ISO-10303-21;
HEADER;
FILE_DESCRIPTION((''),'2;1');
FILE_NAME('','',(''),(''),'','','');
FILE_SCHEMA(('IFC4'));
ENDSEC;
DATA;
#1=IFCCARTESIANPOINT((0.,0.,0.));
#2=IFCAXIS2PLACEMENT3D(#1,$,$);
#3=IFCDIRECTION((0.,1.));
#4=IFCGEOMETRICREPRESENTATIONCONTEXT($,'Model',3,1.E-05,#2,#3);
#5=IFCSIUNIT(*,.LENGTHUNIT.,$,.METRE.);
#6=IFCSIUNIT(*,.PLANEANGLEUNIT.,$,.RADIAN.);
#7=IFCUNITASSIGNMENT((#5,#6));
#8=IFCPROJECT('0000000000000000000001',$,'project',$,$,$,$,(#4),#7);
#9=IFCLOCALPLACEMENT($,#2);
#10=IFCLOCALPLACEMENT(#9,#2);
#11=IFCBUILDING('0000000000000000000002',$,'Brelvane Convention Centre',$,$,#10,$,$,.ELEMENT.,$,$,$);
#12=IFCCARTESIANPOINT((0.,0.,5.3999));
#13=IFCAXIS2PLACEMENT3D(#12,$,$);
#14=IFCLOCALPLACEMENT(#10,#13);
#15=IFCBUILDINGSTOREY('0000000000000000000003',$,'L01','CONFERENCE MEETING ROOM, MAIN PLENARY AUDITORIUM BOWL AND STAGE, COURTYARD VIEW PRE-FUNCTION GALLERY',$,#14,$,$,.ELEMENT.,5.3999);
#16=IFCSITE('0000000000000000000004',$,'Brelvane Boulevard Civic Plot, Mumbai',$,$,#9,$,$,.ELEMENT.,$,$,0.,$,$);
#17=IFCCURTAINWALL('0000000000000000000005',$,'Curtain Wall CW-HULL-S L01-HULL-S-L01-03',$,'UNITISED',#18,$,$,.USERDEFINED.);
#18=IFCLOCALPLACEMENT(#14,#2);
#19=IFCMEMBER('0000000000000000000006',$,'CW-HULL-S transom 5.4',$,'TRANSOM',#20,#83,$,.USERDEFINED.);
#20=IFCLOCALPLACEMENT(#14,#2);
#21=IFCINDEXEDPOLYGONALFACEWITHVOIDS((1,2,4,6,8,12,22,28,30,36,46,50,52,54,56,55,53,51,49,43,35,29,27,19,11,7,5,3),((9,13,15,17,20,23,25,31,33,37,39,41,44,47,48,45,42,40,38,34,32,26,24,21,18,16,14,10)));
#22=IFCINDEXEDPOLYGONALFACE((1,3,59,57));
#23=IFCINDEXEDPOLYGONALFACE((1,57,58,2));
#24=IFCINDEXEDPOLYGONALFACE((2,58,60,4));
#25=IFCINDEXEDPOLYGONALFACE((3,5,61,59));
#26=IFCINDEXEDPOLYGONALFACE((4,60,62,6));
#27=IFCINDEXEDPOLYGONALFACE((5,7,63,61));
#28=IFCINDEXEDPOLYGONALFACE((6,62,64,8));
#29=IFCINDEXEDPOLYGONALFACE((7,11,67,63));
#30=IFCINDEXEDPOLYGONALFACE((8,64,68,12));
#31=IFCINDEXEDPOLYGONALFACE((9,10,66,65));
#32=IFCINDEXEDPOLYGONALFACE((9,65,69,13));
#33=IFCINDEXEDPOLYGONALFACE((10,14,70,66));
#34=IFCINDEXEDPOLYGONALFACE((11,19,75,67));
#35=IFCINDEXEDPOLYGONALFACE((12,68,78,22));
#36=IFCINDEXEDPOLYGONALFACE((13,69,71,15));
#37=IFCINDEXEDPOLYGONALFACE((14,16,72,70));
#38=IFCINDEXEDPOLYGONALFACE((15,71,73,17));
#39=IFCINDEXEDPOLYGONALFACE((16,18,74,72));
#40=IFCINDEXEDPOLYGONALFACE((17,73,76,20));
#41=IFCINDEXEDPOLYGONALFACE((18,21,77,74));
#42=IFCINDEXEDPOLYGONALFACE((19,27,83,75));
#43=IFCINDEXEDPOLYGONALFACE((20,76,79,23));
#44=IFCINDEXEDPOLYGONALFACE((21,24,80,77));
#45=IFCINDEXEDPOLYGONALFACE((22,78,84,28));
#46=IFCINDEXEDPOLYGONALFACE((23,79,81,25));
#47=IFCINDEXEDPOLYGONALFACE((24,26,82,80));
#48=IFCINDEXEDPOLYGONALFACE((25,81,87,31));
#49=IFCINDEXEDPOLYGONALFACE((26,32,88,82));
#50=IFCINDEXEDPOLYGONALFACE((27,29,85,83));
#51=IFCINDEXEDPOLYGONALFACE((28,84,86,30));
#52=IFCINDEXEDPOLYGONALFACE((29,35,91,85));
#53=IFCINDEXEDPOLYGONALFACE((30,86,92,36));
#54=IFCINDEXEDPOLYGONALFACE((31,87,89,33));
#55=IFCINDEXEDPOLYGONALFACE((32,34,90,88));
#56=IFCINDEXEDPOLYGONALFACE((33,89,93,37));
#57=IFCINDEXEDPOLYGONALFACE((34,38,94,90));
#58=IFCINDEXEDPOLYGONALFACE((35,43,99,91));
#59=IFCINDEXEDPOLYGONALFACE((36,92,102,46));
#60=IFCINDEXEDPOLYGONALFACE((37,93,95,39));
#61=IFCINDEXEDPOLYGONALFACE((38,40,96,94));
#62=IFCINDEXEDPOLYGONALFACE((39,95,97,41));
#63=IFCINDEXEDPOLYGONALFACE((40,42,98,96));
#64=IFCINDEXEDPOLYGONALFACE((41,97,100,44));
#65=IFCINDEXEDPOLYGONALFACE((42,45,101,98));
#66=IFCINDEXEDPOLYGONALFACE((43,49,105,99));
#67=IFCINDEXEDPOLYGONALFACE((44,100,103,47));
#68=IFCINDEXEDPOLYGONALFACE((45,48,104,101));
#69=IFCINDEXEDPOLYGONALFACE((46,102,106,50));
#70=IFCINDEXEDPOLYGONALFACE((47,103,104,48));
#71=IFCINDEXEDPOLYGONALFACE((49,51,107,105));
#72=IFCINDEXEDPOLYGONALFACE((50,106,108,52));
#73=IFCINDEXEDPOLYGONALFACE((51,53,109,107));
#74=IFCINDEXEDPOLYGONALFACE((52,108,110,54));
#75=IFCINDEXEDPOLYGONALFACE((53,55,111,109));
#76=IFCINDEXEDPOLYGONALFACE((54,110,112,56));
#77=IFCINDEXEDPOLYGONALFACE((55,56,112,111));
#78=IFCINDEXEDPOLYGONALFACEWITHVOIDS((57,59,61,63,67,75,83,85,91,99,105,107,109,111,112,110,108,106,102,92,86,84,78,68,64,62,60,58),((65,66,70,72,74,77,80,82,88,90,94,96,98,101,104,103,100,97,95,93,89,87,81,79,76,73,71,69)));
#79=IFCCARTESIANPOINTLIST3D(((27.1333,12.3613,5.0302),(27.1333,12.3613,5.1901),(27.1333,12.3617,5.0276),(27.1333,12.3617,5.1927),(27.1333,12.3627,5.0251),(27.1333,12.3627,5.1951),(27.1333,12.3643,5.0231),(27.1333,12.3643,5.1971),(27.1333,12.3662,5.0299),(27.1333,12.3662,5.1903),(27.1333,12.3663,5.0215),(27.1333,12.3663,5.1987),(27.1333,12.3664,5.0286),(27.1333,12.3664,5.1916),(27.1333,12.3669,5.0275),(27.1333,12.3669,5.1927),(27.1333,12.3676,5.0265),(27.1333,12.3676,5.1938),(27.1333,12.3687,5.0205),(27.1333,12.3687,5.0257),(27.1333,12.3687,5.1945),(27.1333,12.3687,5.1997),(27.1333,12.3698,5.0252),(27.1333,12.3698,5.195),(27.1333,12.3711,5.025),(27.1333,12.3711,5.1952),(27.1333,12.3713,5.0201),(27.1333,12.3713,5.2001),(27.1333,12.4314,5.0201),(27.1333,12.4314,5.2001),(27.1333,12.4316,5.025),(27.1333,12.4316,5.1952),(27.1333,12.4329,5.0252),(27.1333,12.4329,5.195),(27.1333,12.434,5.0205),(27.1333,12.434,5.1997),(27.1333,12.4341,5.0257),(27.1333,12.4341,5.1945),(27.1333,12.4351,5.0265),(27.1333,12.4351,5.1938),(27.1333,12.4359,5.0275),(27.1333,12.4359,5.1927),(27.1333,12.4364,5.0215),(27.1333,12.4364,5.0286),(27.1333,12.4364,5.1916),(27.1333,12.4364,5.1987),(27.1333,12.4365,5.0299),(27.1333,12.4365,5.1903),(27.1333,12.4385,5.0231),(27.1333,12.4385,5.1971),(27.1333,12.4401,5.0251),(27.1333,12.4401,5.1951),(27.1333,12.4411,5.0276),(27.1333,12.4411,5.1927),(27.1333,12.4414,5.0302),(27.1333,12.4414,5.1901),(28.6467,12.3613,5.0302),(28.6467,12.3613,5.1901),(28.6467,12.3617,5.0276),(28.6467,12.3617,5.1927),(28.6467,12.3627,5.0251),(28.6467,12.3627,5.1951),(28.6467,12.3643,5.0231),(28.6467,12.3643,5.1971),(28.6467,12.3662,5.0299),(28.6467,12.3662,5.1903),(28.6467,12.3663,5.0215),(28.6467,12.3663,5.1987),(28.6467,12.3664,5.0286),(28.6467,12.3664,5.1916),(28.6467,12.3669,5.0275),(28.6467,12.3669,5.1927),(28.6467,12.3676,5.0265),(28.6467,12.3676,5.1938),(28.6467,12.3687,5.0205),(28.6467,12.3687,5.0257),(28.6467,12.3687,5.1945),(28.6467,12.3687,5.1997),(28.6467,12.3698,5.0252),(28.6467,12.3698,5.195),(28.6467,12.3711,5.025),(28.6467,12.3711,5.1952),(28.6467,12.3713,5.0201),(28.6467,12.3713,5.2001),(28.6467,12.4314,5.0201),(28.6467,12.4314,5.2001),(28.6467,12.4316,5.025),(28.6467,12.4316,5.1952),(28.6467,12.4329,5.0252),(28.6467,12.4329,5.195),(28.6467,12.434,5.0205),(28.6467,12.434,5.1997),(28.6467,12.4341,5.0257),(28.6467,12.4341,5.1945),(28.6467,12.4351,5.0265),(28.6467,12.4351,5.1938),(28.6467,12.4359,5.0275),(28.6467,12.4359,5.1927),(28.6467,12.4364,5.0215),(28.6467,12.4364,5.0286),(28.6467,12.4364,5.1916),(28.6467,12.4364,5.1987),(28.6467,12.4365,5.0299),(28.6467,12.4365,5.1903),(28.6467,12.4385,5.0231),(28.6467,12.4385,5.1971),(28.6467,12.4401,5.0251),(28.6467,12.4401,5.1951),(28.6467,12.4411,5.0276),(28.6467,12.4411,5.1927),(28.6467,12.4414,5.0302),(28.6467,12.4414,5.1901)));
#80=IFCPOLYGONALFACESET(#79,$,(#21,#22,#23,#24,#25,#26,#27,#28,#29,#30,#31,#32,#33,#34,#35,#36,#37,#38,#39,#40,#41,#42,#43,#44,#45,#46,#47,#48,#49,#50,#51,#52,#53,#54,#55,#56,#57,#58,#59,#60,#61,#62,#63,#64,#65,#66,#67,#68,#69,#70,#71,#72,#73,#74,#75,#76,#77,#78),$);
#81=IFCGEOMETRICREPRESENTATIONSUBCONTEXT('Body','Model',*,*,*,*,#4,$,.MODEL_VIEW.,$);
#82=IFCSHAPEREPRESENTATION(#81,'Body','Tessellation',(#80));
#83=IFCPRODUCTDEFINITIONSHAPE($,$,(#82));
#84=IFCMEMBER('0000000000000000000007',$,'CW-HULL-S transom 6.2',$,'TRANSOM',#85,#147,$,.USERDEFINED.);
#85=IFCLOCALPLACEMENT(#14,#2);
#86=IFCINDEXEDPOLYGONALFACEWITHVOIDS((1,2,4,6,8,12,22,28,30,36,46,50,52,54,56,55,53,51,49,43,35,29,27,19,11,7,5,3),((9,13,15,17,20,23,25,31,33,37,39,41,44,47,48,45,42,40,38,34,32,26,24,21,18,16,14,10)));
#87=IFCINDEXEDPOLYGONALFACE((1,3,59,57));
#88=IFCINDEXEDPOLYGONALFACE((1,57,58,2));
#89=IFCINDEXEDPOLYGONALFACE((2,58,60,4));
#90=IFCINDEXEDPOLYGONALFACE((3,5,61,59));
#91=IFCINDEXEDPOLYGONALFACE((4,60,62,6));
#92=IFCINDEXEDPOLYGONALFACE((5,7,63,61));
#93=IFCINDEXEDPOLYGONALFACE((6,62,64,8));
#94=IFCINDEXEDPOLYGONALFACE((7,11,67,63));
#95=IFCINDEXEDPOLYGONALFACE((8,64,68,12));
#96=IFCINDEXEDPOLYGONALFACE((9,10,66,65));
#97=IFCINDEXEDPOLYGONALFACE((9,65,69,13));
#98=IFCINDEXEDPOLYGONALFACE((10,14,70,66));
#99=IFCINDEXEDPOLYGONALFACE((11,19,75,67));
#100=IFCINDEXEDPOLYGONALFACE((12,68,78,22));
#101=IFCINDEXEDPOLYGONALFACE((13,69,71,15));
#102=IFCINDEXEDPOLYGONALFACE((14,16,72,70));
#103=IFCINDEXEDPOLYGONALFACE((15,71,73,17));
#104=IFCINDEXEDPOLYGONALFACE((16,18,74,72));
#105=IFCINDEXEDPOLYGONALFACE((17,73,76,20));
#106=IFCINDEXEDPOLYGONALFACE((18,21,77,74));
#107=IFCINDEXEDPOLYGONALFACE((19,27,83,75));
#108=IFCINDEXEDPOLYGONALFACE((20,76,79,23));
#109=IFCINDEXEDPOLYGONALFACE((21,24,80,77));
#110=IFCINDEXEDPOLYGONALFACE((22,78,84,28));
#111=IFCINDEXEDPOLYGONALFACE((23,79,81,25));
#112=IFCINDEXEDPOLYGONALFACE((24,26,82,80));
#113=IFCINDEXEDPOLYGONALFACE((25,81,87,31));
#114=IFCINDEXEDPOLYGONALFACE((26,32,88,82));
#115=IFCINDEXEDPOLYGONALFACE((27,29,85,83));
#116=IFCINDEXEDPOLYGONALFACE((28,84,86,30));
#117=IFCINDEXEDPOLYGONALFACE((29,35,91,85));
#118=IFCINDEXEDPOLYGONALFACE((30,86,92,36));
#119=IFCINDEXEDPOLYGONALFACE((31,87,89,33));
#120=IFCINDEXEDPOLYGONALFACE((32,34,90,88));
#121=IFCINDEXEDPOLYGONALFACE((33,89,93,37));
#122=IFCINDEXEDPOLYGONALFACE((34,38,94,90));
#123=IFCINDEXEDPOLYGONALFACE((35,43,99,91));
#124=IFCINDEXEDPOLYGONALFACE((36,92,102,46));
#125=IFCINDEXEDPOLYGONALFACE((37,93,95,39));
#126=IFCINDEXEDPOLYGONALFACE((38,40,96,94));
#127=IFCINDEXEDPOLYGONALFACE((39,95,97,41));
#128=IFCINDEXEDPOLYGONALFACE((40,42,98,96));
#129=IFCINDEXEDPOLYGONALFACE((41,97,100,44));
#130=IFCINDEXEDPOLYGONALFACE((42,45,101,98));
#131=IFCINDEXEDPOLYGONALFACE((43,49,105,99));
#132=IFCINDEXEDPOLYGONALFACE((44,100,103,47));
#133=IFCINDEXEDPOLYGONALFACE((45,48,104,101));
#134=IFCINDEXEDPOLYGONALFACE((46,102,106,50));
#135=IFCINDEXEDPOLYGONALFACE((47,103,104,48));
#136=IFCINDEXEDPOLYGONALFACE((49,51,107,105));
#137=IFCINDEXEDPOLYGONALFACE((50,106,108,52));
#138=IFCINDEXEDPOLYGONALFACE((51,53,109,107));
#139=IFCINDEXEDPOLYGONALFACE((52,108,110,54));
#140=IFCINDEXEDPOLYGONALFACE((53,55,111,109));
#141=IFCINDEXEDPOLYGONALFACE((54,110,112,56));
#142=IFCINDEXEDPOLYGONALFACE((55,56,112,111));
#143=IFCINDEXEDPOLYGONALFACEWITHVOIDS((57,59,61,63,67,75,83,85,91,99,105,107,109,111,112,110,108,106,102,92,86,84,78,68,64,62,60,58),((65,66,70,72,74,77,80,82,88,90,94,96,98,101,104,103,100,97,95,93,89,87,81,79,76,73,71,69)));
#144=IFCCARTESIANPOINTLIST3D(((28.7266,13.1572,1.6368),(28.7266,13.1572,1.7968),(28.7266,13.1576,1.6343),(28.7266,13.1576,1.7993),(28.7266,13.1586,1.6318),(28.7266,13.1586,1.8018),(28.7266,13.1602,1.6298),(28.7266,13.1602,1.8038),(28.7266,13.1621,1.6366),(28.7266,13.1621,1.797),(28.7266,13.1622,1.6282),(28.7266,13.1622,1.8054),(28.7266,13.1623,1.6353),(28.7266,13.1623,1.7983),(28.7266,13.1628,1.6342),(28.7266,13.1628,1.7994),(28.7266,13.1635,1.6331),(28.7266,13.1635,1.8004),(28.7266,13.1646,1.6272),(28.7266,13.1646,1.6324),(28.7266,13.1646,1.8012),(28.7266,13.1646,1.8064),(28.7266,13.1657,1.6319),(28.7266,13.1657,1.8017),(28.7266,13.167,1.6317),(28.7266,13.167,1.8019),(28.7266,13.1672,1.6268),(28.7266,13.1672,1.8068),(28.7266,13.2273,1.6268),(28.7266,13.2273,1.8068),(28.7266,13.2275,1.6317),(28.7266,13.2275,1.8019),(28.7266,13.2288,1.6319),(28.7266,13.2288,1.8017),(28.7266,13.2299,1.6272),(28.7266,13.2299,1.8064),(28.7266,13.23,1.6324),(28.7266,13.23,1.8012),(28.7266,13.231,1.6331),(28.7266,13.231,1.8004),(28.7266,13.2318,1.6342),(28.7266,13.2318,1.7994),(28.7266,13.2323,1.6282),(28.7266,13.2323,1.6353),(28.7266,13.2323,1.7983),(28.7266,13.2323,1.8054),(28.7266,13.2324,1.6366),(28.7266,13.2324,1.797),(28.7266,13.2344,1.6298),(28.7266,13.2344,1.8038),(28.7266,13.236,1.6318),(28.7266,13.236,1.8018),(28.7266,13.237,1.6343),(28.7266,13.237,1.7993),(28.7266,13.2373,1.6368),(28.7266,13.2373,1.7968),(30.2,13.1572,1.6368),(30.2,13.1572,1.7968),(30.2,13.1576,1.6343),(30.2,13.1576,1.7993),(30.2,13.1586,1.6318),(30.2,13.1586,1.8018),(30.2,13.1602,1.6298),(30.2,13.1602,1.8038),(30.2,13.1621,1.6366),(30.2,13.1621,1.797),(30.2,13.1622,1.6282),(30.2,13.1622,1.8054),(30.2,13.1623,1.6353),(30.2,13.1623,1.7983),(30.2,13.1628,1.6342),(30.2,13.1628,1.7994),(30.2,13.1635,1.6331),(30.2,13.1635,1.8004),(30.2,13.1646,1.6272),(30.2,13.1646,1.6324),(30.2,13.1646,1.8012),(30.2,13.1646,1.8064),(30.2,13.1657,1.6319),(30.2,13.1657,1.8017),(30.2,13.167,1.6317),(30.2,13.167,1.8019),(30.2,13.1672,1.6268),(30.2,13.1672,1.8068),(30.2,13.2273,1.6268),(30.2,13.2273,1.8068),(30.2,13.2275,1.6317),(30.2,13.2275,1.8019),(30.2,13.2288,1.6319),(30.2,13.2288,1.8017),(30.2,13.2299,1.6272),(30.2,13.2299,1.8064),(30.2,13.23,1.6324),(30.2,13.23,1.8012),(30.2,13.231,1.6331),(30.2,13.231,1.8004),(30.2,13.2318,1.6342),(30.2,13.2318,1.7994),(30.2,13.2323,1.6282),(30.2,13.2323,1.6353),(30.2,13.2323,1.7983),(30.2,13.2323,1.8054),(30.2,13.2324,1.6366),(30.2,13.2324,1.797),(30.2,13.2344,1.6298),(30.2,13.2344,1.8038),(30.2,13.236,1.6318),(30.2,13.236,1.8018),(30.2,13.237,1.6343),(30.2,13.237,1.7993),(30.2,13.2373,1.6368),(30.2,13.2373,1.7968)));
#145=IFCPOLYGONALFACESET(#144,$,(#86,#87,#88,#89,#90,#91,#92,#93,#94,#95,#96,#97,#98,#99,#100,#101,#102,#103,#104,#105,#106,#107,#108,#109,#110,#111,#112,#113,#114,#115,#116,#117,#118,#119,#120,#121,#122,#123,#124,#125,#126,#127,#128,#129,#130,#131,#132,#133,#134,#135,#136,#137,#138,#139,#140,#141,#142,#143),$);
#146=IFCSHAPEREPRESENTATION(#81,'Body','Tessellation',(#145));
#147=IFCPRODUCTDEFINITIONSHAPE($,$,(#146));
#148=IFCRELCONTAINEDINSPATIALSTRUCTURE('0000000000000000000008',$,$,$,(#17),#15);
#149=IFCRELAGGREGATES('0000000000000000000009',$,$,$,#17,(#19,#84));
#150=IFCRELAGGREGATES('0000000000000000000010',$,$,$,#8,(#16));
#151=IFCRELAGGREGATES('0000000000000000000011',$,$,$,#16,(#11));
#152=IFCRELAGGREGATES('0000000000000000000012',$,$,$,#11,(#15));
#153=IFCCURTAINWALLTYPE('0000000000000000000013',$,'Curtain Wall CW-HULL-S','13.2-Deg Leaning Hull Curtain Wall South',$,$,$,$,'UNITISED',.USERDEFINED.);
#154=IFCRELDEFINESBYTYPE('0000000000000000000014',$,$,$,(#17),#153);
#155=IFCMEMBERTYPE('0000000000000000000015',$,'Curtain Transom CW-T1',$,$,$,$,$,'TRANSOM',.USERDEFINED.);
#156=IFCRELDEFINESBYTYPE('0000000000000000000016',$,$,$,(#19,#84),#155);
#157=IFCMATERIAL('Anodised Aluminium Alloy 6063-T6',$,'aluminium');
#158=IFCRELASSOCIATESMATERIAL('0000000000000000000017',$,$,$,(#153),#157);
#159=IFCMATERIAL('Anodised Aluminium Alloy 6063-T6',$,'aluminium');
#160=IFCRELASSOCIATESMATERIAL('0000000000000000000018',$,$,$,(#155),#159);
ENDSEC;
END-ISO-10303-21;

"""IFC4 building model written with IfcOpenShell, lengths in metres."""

from ifc_helpers import new_model, si_unit, direction, frame, origin, origin_2d, place, context, subcontext, project, spatial, hollow_rectangle, extrude, material, material_profile, profile_set, type_object, element, aggregate, save


model = new_model("IFC4")

# Units and contexts
model_context = context("Model", 3, precision=1e-05, world=origin(), true_north=direction((0.0, 1.0)))
body_context = subcontext(model_context, "Body", "Model", "MODEL_VIEW")
ifc_project = project(units=[si_unit("LENGTHUNIT", "METRE"), si_unit("PLANEANGLEUNIT", "RADIAN")], contexts=[model_context])

# Site, building, storey
site_placement = place(None, origin())
site = spatial("IfcSite", under=ifc_project, at=site_placement, Name="Brelvane Boulevard Civic Plot, Mumbai", CompositionType="ELEMENT", RefElevation=0.0)
building_placement = place(site_placement, origin())
building = spatial("IfcBuilding", under=site, at=building_placement, Name="Brelvane Convention Centre", CompositionType="ELEMENT")
storey_placement = place(building_placement, frame((0.0, 0.0, 5.3999)))
storey = spatial("IfcBuildingStorey", under=building, at=storey_placement, Name="L01", Description="CONFERENCE MEETING ROOM, MAIN PLENARY AUDITORIUM BOWL AND STAGE, COURTYARD VIEW PRE-FUNCTION GALLERY", CompositionType="ELEMENT", Elevation=5.3999)

# Curtain wall, members
ifc_material_1 = material(Name="Anodised Aluminium Alloy 6063-T6", Category="aluminium")
curtain_wall_type = type_object("IfcCurtainWallType", Name="Curtain Wall CW-HULL-S", Description="13.2-Deg Leaning Hull Curtain Wall South", ElementType="UNITISED", PredefinedType="USERDEFINED", material=ifc_material_1)
curtain_wall_1_placement = place(storey_placement, origin())
curtain_wall_1 = element("IfcCurtainWall", 1, at=curtain_wall_1_placement, inside=storey, type_object=curtain_wall_type, Name="Curtain Wall CW-HULL-S L01-HULL-S-L01-03", ObjectType="UNITISED", PredefinedType="USERDEFINED")
ifc_material_2 = material(Name="Anodised Aluminium Alloy 6063-T6", Category="aluminium")
ifc_material_profile = material_profile(ifc_material_2, hollow_rectangle(XDim=0.0801, YDim=0.1799, WallThickness=0.0049, InnerFilletRadius=0.0049, OuterFilletRadius=0.01, at=origin_2d()), Name="ALU-T 180x80x5.0")
ifc_profile_set = profile_set([ifc_material_profile], Name="Anodised Aluminium Alloy 6063-T6")
member_type = type_object("IfcMemberType", Name="Curtain Transom CW-T1", ElementType="TRANSOM", PredefinedType="USERDEFINED", material=ifc_profile_set)
member_1_placement = place(storey_placement, frame((27.1333, 12.4014, 5.1101), z_axis=(1.0, 0.0, 0.0), x_axis=(0.0, 1.0, 0.0)))
member_1 = element("IfcMember", 2, at=member_1_placement, type_object=member_type, Name="CW-HULL-S transom 5.4", ObjectType="TRANSOM", PredefinedType="USERDEFINED", context=body_context, shape_type="SweptSolid", body=[
    extrude(hollow_rectangle(XDim=0.0801, YDim=0.1799, WallThickness=0.0049, InnerFilletRadius=0.0049, OuterFilletRadius=0.01, at=origin_2d()), origin(), (0.0, 0.0, 1.0), 1.5134),
])
member_2_placement = place(storey_placement, frame((28.7266, 13.1973, 1.7168), z_axis=(1.0, 0.0, 0.0), x_axis=(0.0, 1.0, 0.0)))
member_2 = element("IfcMember", 3, at=member_2_placement, type_object=member_type, Name="CW-HULL-S transom 6.2", ObjectType="TRANSOM", PredefinedType="USERDEFINED", context=body_context, shape_type="SweptSolid", body=[
    extrude(hollow_rectangle(XDim=0.0801, YDim=0.1799, WallThickness=0.0049, InnerFilletRadius=0.0049, OuterFilletRadius=0.01, at=origin_2d()), origin(), (0.0, 0.0, 1.0), 1.4734),
])

aggregate(curtain_wall_1, [member_1, member_2])

save(model, "model.ifc")
